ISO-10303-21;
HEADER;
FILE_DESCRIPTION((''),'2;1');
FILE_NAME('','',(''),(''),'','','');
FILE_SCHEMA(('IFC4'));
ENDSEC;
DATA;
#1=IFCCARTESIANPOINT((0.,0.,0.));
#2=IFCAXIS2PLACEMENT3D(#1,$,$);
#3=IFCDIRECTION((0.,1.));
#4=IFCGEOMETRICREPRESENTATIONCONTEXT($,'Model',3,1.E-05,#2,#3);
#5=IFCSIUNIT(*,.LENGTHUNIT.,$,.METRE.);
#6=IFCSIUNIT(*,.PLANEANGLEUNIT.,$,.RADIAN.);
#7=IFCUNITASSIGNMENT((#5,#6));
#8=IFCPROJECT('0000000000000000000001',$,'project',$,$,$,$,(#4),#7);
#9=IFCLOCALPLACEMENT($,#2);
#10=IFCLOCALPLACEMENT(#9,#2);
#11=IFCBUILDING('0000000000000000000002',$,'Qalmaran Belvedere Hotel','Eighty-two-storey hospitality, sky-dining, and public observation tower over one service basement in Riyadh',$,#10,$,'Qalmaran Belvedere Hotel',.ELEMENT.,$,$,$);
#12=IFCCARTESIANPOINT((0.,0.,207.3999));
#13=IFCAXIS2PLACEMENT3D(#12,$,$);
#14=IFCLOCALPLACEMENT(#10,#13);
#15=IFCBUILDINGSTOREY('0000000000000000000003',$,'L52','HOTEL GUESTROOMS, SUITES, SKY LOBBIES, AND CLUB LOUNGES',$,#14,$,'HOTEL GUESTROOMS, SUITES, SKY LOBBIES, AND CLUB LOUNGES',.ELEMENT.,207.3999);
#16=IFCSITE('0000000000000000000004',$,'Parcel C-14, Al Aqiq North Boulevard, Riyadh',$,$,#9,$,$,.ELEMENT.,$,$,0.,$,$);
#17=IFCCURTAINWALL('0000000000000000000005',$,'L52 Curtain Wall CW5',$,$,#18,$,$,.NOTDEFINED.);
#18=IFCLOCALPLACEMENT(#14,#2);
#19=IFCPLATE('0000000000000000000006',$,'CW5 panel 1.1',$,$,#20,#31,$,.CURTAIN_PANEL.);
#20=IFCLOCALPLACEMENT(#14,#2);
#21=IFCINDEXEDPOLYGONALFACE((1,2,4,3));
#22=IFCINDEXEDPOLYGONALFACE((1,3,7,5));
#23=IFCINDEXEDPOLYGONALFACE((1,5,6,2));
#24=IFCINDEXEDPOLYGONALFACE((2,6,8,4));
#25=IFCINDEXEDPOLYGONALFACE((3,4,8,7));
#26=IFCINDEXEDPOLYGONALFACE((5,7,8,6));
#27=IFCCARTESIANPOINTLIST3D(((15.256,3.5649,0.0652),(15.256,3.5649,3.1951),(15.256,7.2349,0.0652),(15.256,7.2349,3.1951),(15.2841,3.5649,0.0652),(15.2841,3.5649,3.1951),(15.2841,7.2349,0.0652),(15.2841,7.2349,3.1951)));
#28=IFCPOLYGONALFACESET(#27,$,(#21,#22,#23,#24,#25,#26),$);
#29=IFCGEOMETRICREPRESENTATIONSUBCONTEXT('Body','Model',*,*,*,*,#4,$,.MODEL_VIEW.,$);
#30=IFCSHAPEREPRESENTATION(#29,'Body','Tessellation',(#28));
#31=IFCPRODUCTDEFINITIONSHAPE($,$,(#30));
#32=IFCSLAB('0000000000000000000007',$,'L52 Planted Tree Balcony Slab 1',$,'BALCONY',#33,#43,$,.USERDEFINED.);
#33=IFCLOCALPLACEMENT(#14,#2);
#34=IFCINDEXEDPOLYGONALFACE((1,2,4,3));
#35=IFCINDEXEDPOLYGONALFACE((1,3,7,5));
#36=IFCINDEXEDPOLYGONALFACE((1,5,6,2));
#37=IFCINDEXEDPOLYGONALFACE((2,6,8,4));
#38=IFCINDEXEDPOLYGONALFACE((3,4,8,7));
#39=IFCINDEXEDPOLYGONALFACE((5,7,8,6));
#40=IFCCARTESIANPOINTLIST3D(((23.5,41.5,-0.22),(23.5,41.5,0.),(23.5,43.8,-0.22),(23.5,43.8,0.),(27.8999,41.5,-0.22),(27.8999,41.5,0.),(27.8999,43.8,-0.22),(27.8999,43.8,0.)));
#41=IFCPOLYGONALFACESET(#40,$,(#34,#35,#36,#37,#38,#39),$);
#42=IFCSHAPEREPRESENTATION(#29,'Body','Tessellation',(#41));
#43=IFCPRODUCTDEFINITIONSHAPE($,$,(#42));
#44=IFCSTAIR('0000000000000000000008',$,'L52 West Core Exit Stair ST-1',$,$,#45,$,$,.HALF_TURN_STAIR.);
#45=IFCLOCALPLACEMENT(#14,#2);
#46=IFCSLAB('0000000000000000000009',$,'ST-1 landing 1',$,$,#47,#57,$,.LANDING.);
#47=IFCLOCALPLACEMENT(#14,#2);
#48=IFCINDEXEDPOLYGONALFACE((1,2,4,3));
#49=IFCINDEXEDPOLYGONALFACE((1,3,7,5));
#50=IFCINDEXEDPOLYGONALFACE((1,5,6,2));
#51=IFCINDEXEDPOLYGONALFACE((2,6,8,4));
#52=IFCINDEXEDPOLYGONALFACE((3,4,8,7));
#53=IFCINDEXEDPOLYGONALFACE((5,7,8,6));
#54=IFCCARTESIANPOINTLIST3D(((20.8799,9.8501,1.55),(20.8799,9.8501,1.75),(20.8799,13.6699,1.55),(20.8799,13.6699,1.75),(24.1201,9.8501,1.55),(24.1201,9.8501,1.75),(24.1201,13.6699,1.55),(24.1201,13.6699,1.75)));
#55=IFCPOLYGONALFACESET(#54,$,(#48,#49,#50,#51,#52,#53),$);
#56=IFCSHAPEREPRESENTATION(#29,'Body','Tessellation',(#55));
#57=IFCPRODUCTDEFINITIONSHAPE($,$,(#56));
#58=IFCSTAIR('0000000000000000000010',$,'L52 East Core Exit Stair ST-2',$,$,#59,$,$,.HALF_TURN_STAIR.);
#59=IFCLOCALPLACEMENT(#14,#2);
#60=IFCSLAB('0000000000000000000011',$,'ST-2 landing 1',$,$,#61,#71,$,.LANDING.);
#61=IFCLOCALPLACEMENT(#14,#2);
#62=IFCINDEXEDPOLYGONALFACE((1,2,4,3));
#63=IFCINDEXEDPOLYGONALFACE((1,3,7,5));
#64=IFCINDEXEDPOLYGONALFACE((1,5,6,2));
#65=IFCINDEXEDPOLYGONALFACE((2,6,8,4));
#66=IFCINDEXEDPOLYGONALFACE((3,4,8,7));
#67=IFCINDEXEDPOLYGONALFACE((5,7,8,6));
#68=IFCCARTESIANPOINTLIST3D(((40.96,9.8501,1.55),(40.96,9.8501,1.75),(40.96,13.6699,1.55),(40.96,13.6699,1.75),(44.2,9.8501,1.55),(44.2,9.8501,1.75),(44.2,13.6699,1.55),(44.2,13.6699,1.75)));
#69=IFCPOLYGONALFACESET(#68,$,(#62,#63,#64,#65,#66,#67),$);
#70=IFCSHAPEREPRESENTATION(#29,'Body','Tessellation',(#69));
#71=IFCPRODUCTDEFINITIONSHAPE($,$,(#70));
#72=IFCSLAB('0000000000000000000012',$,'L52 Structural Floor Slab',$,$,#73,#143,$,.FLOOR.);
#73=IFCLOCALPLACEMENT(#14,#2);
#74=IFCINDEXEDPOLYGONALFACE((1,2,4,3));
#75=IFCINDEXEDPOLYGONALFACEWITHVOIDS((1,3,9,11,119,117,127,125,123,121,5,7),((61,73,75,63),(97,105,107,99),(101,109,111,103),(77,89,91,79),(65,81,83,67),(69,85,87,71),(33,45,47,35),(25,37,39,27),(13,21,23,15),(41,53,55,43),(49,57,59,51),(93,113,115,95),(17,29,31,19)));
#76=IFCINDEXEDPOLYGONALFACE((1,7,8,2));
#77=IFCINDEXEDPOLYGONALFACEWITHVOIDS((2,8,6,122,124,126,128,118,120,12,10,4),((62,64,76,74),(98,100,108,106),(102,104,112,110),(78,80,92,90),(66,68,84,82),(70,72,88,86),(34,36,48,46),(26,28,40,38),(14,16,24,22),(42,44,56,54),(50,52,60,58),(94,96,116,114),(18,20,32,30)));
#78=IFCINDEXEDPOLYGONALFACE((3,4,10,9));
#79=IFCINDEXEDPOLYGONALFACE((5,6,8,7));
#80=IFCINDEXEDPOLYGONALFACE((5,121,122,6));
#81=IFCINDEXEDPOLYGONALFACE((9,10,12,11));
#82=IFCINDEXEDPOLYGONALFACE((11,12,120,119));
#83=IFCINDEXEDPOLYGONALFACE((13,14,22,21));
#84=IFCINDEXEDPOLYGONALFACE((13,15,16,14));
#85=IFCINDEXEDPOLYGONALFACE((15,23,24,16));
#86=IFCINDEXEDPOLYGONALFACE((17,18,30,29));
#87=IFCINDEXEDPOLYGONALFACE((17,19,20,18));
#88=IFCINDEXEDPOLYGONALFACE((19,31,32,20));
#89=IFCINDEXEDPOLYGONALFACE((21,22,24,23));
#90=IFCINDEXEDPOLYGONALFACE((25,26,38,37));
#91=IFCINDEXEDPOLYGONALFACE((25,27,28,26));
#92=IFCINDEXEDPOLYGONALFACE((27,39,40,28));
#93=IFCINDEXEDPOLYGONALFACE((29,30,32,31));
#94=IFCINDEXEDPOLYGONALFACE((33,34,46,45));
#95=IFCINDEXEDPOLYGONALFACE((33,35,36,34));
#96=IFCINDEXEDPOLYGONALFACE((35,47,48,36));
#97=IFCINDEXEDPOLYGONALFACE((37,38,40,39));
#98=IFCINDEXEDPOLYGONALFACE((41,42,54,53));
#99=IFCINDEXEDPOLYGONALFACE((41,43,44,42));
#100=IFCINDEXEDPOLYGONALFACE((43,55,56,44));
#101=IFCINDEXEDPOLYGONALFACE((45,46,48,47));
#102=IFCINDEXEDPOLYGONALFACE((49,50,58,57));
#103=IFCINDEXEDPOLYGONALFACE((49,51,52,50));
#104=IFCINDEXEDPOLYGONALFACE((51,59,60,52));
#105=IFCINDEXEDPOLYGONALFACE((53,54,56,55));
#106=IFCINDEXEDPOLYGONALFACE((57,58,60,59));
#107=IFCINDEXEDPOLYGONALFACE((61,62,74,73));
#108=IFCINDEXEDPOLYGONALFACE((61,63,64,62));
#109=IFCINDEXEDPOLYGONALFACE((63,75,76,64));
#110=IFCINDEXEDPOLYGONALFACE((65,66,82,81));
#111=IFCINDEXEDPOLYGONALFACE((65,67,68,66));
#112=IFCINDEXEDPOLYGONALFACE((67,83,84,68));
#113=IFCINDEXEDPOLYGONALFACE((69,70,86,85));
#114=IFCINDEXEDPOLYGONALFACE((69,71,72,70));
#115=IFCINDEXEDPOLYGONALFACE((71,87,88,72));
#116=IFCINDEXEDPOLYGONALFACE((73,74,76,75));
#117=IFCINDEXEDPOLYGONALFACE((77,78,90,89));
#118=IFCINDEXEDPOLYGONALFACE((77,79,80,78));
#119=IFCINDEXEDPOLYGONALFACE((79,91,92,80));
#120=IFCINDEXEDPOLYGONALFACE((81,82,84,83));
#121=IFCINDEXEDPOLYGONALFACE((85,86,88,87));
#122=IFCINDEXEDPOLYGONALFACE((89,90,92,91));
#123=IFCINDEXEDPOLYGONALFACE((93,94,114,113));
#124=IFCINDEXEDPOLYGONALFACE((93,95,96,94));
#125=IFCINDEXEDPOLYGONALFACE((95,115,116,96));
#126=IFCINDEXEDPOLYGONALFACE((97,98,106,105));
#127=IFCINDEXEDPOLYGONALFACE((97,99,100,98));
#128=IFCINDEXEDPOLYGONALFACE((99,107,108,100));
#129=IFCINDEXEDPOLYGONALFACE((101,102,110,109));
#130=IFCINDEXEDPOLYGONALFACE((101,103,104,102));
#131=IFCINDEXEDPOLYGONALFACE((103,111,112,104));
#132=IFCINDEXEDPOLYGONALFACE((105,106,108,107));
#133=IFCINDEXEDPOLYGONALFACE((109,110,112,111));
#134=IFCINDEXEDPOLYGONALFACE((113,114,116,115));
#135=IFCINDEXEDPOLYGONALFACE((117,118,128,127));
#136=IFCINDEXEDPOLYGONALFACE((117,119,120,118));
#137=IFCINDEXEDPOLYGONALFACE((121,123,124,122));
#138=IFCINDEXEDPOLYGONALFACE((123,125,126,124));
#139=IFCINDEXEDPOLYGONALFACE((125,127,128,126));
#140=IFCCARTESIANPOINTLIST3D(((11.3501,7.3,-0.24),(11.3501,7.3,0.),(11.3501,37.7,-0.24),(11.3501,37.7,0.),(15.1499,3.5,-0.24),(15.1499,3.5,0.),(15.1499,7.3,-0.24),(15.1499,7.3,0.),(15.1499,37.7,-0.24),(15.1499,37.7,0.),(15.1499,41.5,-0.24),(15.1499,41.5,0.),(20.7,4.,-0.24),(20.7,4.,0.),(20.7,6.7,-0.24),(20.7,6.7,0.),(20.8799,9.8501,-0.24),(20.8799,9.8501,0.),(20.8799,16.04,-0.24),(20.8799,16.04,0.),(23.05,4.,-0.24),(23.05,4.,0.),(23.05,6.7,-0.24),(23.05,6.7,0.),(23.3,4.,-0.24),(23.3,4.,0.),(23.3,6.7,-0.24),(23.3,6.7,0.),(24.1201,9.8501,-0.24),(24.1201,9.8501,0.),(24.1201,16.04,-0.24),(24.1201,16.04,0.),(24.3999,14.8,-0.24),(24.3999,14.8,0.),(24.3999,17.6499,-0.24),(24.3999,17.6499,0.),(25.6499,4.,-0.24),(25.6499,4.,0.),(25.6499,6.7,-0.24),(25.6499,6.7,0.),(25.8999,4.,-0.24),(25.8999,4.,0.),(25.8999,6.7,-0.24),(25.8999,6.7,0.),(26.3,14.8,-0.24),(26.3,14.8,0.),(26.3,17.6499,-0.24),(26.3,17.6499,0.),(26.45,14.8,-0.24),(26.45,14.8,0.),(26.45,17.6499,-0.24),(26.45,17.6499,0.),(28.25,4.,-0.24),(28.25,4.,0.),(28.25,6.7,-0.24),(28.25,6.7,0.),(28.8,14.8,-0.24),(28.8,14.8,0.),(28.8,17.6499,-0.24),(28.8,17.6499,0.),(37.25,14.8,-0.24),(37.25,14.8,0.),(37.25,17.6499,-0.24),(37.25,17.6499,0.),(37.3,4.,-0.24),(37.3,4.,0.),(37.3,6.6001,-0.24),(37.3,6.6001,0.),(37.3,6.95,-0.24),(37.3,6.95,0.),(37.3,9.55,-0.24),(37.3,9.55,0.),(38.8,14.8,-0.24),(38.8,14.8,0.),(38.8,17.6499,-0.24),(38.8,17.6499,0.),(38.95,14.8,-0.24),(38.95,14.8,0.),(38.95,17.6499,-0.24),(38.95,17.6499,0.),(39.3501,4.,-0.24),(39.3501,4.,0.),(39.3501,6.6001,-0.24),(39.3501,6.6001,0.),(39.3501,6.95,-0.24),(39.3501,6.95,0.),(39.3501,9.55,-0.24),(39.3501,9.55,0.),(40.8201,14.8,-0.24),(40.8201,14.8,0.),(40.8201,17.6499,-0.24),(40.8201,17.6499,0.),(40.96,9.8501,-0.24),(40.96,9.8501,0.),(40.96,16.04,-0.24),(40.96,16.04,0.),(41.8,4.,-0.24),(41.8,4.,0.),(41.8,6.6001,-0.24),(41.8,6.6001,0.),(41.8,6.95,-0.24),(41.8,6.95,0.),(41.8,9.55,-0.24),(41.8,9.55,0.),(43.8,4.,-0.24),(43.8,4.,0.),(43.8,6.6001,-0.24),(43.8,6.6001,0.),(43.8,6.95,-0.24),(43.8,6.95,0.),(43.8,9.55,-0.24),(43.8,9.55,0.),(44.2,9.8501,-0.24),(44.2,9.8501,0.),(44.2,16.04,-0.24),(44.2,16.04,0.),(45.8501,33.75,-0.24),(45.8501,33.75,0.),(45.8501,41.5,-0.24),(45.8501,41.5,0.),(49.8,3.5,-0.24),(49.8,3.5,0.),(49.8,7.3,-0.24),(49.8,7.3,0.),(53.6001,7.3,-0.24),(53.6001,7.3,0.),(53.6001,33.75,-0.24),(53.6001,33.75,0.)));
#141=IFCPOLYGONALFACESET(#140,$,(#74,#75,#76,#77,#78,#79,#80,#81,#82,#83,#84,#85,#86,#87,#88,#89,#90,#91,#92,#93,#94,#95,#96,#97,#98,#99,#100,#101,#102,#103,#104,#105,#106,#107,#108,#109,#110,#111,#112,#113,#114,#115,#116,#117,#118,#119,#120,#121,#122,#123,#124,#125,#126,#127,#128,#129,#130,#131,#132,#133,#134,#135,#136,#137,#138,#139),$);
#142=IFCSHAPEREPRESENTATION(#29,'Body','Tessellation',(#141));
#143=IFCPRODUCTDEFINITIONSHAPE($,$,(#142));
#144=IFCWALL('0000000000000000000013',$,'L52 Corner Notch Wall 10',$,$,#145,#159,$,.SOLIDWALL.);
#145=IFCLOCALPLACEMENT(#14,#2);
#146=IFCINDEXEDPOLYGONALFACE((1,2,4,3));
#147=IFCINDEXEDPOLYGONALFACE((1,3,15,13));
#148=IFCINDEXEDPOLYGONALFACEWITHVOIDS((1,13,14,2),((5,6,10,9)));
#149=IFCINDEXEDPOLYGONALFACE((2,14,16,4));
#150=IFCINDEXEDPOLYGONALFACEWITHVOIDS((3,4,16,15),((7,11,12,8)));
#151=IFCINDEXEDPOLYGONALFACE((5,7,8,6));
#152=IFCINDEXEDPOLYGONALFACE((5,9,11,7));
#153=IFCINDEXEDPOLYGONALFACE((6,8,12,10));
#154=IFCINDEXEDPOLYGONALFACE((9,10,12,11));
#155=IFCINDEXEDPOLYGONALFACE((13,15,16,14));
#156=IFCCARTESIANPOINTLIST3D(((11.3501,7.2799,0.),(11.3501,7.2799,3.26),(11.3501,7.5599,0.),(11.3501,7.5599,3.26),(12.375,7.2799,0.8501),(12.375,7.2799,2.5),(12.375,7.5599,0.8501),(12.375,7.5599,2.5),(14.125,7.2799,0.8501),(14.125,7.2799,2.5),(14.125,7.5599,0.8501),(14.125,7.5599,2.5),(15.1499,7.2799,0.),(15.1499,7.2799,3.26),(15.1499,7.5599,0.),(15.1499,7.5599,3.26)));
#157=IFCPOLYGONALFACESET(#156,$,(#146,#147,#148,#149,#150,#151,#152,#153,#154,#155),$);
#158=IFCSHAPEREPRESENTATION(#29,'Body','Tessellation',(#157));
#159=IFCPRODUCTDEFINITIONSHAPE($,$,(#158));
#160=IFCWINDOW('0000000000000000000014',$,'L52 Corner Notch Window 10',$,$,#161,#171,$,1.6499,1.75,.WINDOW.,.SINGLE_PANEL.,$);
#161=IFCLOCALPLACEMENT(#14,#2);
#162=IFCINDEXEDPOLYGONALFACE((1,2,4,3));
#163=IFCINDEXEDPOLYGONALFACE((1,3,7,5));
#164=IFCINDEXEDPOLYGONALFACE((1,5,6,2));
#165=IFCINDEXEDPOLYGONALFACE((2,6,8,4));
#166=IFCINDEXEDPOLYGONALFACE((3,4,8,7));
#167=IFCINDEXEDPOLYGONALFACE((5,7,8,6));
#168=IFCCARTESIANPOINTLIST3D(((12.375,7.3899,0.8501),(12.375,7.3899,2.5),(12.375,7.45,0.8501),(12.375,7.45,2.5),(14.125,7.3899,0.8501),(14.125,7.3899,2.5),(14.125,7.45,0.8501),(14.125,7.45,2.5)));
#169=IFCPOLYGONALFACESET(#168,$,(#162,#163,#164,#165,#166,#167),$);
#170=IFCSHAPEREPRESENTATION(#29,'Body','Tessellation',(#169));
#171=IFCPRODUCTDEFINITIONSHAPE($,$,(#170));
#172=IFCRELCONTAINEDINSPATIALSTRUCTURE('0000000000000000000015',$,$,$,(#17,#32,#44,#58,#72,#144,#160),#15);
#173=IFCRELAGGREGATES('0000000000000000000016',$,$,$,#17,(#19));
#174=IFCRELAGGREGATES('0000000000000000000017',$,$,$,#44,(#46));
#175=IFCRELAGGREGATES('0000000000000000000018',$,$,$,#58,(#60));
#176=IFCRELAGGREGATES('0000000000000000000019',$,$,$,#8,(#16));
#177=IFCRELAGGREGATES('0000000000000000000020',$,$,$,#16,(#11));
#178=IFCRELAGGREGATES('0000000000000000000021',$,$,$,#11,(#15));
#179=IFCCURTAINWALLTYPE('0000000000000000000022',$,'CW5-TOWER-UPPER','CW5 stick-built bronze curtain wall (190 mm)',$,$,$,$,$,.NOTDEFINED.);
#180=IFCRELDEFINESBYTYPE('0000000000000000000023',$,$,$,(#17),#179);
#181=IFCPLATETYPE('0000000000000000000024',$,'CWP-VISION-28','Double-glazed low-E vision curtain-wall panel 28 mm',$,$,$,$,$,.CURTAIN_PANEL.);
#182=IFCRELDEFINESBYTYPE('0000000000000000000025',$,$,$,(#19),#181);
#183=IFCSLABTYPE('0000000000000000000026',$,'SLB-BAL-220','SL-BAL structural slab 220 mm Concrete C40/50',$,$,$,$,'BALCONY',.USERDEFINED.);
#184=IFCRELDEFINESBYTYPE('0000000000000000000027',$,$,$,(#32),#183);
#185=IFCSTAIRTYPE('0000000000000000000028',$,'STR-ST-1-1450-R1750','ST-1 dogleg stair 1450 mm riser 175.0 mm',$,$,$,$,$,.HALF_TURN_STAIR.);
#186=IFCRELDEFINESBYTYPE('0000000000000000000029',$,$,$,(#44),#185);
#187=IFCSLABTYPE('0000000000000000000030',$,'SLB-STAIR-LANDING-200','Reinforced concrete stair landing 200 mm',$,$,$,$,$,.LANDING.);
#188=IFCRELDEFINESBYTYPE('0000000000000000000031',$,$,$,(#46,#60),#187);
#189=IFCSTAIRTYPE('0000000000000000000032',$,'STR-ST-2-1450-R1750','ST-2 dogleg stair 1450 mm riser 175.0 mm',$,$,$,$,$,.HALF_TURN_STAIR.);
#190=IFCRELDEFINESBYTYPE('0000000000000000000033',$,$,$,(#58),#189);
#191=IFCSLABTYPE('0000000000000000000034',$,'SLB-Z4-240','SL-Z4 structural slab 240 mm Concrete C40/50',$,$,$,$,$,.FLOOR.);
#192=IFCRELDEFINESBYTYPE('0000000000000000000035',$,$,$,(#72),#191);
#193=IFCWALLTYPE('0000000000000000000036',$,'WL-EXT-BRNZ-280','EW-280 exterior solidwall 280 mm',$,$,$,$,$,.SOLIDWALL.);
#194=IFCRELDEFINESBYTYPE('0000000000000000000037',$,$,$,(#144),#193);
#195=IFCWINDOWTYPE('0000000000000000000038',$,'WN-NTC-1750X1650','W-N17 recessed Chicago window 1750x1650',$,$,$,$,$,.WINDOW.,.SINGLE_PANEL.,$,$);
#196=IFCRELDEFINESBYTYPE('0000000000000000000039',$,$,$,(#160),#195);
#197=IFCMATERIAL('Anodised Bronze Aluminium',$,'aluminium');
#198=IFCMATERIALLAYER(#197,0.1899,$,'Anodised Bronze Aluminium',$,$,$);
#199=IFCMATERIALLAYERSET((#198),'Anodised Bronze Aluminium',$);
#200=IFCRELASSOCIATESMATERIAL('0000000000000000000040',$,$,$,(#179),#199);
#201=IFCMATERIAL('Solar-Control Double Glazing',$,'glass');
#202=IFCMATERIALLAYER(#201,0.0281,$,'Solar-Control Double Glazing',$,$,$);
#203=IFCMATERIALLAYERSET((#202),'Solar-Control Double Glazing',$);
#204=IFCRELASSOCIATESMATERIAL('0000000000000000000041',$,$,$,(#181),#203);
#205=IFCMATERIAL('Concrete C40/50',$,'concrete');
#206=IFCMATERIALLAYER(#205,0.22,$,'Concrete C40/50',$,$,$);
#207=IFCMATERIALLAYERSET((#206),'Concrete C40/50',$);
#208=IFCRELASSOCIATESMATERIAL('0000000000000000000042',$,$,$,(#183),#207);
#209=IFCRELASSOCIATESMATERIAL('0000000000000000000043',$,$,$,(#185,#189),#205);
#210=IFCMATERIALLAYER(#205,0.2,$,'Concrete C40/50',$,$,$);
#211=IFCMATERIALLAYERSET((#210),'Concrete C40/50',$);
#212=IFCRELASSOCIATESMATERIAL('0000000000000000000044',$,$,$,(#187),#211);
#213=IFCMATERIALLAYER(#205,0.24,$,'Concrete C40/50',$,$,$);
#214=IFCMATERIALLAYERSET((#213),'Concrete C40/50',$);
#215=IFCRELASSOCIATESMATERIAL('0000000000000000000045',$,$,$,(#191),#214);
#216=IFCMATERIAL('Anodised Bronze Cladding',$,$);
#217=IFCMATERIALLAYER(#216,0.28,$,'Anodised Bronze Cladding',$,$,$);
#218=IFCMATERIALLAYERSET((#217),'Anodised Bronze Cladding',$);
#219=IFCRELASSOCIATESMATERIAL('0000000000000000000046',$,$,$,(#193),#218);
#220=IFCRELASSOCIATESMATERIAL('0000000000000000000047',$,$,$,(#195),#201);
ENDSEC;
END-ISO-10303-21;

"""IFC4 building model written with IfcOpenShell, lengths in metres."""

from ifc_helpers import new_model, si_unit, direction, frame, frame_2d, origin, origin_2d, place, context, subcontext, project, spatial, polyline, rectangle, outline, extrude, material, layer, layer_set, type_object, element, fill, aggregate, save


model = new_model("IFC4")

# Units and contexts
model_context = context("Model", 3, precision=1e-05, world=origin(), true_north=direction((0.0, 1.0)))
body_context = subcontext(model_context, "Body", "Model", "MODEL_VIEW")
ifc_project = project(units=[si_unit("LENGTHUNIT", "METRE"), si_unit("PLANEANGLEUNIT", "RADIAN")], contexts=[model_context])

# Site, building, storey
site_placement = place(None, origin())
site = spatial("IfcSite", under=ifc_project, at=site_placement, Name="Parcel C-14, Al Aqiq North Boulevard, Riyadh", CompositionType="ELEMENT", RefElevation=0.0)
building_placement = place(site_placement, origin())
building = spatial("IfcBuilding", under=site, at=building_placement, Name="Qalmaran Belvedere Hotel", Description="Eighty-two-storey hospitality, sky-dining, and public observation tower over one service basement in Riyadh", LongName="Qalmaran Belvedere Hotel", CompositionType="ELEMENT")
storey_placement = place(building_placement, frame((0.0, 0.0, 207.3999)))
storey = spatial("IfcBuildingStorey", under=building, at=storey_placement, Name="L52", Description="HOTEL GUESTROOMS, SUITES, SKY LOBBIES, AND CLUB LOUNGES", LongName="HOTEL GUESTROOMS, SUITES, SKY LOBBIES, AND CLUB LOUNGES", CompositionType="ELEMENT", Elevation=207.3999)

# Shared definitions
ifc_material_1 = material(Name="Anodised Bronze Aluminium", Category="aluminium")
ifc_layer_1 = layer(ifc_material_1, 0.1899, Name="Anodised Bronze Aluminium")
ifc_layer_set_1 = layer_set([ifc_layer_1], Name="Anodised Bronze Aluminium")
curtain_wall_type = type_object("IfcCurtainWallType", Name="CW5-TOWER-UPPER", Description="CW5 stick-built bronze curtain wall (190 mm)", PredefinedType="NOTDEFINED", material=ifc_layer_set_1)

# Curtain wall
curtain_wall_1_placement = place(storey_placement, origin())
curtain_wall_1 = element("IfcCurtainWall", 1, at=curtain_wall_1_placement, inside=storey, type_object=curtain_wall_type, Name="L52 Curtain Wall CW5", PredefinedType="NOTDEFINED")

# Plate
ifc_material_2 = material(Name="Solar-Control Double Glazing", Category="glass")
ifc_layer_2 = layer(ifc_material_2, 0.0281, Name="Solar-Control Double Glazing")
ifc_layer_set_2 = layer_set([ifc_layer_2], Name="Solar-Control Double Glazing")
plate_type = type_object("IfcPlateType", Name="CWP-VISION-28", Description="Double-glazed low-E vision curtain-wall panel 28 mm", PredefinedType="CURTAIN_PANEL", material=ifc_layer_set_2)
plate_1_placement = place(storey_placement, frame((15.27, 5.3999, 0.0652), z_axis=(0.0, 0.0, 1.0), x_axis=(0.0, -1.0, 0.0)))
plate_1 = element("IfcPlate", 2, at=plate_1_placement, type_object=plate_type, Name="CW5 panel 1.1", PredefinedType="CURTAIN_PANEL", context=body_context, shape_type="SweptSolid", body=[
    extrude(rectangle(XDim=3.6699, YDim=0.0281, at=origin_2d()), origin(), (0.0, 0.0, 1.0), 3.1299),
])
aggregate(curtain_wall_1, [plate_1])

# Slab
ifc_material_3 = material(Name="Concrete C40/50", Category="concrete")
ifc_layer_3 = layer(ifc_material_3, 0.22, Name="Concrete C40/50")
ifc_layer_set_3 = layer_set([ifc_layer_3], Name="Concrete C40/50")
slab_type_1 = type_object("IfcSlabType", Name="SLB-BAL-220", Description="SL-BAL structural slab 220 mm Concrete C40/50", ElementType="BALCONY", PredefinedType="USERDEFINED", material=ifc_layer_set_3)
slab_1_placement = place(storey_placement, frame((0.0, 0.0, -0.22)))
element("IfcSlab", 3, at=slab_1_placement, inside=storey, type_object=slab_type_1, Name="L52 Planted Tree Balcony Slab 1", ObjectType="BALCONY", PredefinedType="USERDEFINED", context=body_context, shape_type="SweptSolid", body=[
    extrude(outline(polyline([(23.5, 41.5), (27.8999, 41.5), (27.8999, 43.8), (23.5, 43.8), (23.5, 41.5)])), origin(), (0.0, 0.0, 1.0), 0.22),
])

# Stairs, slabs
stair_type_1 = type_object("IfcStairType", Name="STR-ST-1-1450-R1750", Description="ST-1 dogleg stair 1450 mm riser 175.0 mm", PredefinedType="HALF_TURN_STAIR", material=ifc_material_3)
stair_1_placement = place(storey_placement, origin())
stair_1 = element("IfcStair", 4, at=stair_1_placement, inside=storey, type_object=stair_type_1, Name="L52 West Core Exit Stair ST-1", PredefinedType="HALF_TURN_STAIR")
ifc_layer_4 = layer(ifc_material_3, 0.2, Name="Concrete C40/50")
ifc_layer_set_4 = layer_set([ifc_layer_4], Name="Concrete C40/50")
slab_type_2 = type_object("IfcSlabType", Name="SLB-STAIR-LANDING-200", Description="Reinforced concrete stair landing 200 mm", PredefinedType="LANDING", material=ifc_layer_set_4)
slab_2_placement = place(storey_placement, frame((0.0, 0.0, 1.55)))
slab_2 = element("IfcSlab", 5, at=slab_2_placement, type_object=slab_type_2, Name="ST-1 landing 1", PredefinedType="LANDING", context=body_context, shape_type="SweptSolid", body=[
    extrude(outline(polyline([(20.8799, 13.6699), (20.8799, 9.8501), (24.1201, 9.8501), (24.1201, 13.6699), (20.8799, 13.6699)])), origin(), (0.0, 0.0, 1.0), 0.2),
])
aggregate(stair_1, [slab_2])
stair_type_2 = type_object("IfcStairType", Name="STR-ST-2-1450-R1750", Description="ST-2 dogleg stair 1450 mm riser 175.0 mm", PredefinedType="HALF_TURN_STAIR", material=ifc_material_3)
stair_2_placement = place(storey_placement, origin())
stair_2 = element("IfcStair", 6, at=stair_2_placement, inside=storey, type_object=stair_type_2, Name="L52 East Core Exit Stair ST-2", PredefinedType="HALF_TURN_STAIR")
slab_3_placement = place(storey_placement, frame((0.0, 0.0, 1.55)))
slab_3 = element("IfcSlab", 7, at=slab_3_placement, type_object=slab_type_2, Name="ST-2 landing 1", PredefinedType="LANDING", context=body_context, shape_type="SweptSolid", body=[
    extrude(outline(polyline([(40.96, 13.6699), (40.96, 9.8501), (44.2, 9.8501), (44.2, 13.6699), (40.96, 13.6699)])), origin(), (0.0, 0.0, 1.0), 0.2),
])
aggregate(stair_2, [slab_3])

# Slab
ifc_layer_5 = layer(ifc_material_3, 0.24, Name="Concrete C40/50")
ifc_layer_set_5 = layer_set([ifc_layer_5], Name="Concrete C40/50")
slab_type_3 = type_object("IfcSlabType", Name="SLB-Z4-240", Description="SL-Z4 structural slab 240 mm Concrete C40/50", PredefinedType="FLOOR", material=ifc_layer_set_5)
slab_4_placement = place(storey_placement, frame((0.0, 0.0, -0.24)))
element("IfcSlab", 8, at=slab_4_placement, inside=storey, type_object=slab_type_3, Name="L52 Structural Floor Slab", PredefinedType="FLOOR", context=body_context, shape_type="SweptSolid", body=[
    extrude(outline(polyline([(15.1499, 3.5), (49.8, 3.5), (49.8, 7.3), (53.6001, 7.3), (53.6001, 33.75), (45.8501, 33.75), (45.8501, 41.5), (15.1499, 41.5), (15.1499, 37.7), (11.3501, 37.7), (11.3501, 7.3), (15.1499, 7.3), (15.1499, 3.5)]), holes=[polyline([(20.8799, 9.8501), (24.1201, 9.8501), (24.1201, 16.04), (20.8799, 16.04), (20.8799, 9.8501)]), polyline([(40.96, 9.8501), (44.2, 9.8501), (44.2, 16.04), (40.96, 16.04), (40.96, 9.8501)]), polyline([(37.3, 4.0), (39.3501, 4.0), (39.3501, 6.6001), (37.3, 6.6001), (37.3, 4.0)]), polyline([(37.3, 6.95), (39.3501, 6.95), (39.3501, 9.55), (37.3, 9.55), (37.3, 6.95)]), polyline([(41.8, 4.0), (43.8, 4.0), (43.8, 6.6001), (41.8, 6.6001), (41.8, 4.0)]), polyline([(41.8, 6.95), (43.8, 6.95), (43.8, 9.55), (41.8, 9.55), (41.8, 6.95)]), polyline([(20.7, 4.0), (23.05, 4.0), (23.05, 6.7), (20.7, 6.7), (20.7, 4.0)]), polyline([(23.3, 4.0), (25.6499, 4.0), (25.6499, 6.7), (23.3, 6.7), (23.3, 4.0)]), polyline([(25.8999, 4.0), (28.25, 4.0), (28.25, 6.7), (25.8999, 6.7), (25.8999, 4.0)]), polyline([(24.3999, 14.8), (26.3, 14.8), (26.3, 17.6499), (24.3999, 17.6499), (24.3999, 14.8)]), polyline([(38.95, 14.8), (40.8201, 14.8), (40.8201, 17.6499), (38.95, 17.6499), (38.95, 14.8)]), polyline([(26.45, 14.8), (28.8, 14.8), (28.8, 17.6499), (26.45, 17.6499), (26.45, 14.8)]), polyline([(37.25, 14.8), (38.8, 14.8), (38.8, 17.6499), (37.25, 17.6499), (37.25, 14.8)])]), origin(), (0.0, 0.0, 1.0), 0.24),
])

# Wall, opening, window
ifc_material_4 = material(Name="Anodised Bronze Cladding")
ifc_layer_6 = layer(ifc_material_4, 0.28, Name="Anodised Bronze Cladding")
ifc_layer_set_6 = layer_set([ifc_layer_6], Name="Anodised Bronze Cladding")
wall_type_1 = type_object("IfcWallType", Name="WL-EXT-BRNZ-280", Description="EW-280 exterior solidwall 280 mm", PredefinedType="SOLIDWALL", material=ifc_layer_set_6)
wall_1_placement = place(storey_placement, frame((11.3501, 7.4199, 0.0), z_axis=(0.0, 0.0, 1.0), x_axis=(1.0, 0.0, 0.0)))
wall_1 = element("IfcWall", 9, at=wall_1_placement, inside=storey, type_object=wall_type_1, Name="L52 Corner Notch Wall 10", PredefinedType="SOLIDWALL", context=body_context, shape_type="SweptSolid", body=[
    extrude(rectangle(XDim=3.7998, YDim=0.28, at=frame_2d((1.8999, 0.0))), origin(), (0.0, 0.0, 1.0), 3.26),
])
opening_1_placement = place(wall_1_placement, frame((1.0249, 0.0, 0.8501)))
opening_1 = element("IfcOpeningElement", 10, at=opening_1_placement, cuts=wall_1, PredefinedType="OPENING", context=body_context, shape_type="SweptSolid", body=[
    extrude(rectangle(XDim=1.75, YDim=1.6499, at=frame_2d((0.875, 0.825))), frame((0.0, 0.1499, 0.0), z_axis=(0.0, -1.0, 0.0), x_axis=(1.0, 0.0, 0.0)), (0.0, 0.0, 1.0), 0.3),
])
window_type = type_object("IfcWindowType", Name="WN-NTC-1750X1650", Description="W-N17 recessed Chicago window 1750x1650", PartitioningType="SINGLE_PANEL", PredefinedType="WINDOW", material=ifc_material_2)
window_placement = place(opening_1_placement, origin())
window = element("IfcWindow", 11, at=window_placement, inside=storey, type_object=window_type, Name="L52 Corner Notch Window 10", OverallHeight=1.6499, OverallWidth=1.75, PartitioningType="SINGLE_PANEL", PredefinedType="WINDOW", context=body_context, shape_type="SweptSolid", body=[
    extrude(rectangle(XDim=1.75, YDim=1.6499, at=frame_2d((0.875, 0.825))), frame((0.0, 0.03, 0.0), z_axis=(0.0, -1.0, 0.0), x_axis=(1.0, 0.0, 0.0)), (0.0, 0.0, 1.0), 0.0601),
])
fill(opening_1, window)

save(model, "model.ifc")
